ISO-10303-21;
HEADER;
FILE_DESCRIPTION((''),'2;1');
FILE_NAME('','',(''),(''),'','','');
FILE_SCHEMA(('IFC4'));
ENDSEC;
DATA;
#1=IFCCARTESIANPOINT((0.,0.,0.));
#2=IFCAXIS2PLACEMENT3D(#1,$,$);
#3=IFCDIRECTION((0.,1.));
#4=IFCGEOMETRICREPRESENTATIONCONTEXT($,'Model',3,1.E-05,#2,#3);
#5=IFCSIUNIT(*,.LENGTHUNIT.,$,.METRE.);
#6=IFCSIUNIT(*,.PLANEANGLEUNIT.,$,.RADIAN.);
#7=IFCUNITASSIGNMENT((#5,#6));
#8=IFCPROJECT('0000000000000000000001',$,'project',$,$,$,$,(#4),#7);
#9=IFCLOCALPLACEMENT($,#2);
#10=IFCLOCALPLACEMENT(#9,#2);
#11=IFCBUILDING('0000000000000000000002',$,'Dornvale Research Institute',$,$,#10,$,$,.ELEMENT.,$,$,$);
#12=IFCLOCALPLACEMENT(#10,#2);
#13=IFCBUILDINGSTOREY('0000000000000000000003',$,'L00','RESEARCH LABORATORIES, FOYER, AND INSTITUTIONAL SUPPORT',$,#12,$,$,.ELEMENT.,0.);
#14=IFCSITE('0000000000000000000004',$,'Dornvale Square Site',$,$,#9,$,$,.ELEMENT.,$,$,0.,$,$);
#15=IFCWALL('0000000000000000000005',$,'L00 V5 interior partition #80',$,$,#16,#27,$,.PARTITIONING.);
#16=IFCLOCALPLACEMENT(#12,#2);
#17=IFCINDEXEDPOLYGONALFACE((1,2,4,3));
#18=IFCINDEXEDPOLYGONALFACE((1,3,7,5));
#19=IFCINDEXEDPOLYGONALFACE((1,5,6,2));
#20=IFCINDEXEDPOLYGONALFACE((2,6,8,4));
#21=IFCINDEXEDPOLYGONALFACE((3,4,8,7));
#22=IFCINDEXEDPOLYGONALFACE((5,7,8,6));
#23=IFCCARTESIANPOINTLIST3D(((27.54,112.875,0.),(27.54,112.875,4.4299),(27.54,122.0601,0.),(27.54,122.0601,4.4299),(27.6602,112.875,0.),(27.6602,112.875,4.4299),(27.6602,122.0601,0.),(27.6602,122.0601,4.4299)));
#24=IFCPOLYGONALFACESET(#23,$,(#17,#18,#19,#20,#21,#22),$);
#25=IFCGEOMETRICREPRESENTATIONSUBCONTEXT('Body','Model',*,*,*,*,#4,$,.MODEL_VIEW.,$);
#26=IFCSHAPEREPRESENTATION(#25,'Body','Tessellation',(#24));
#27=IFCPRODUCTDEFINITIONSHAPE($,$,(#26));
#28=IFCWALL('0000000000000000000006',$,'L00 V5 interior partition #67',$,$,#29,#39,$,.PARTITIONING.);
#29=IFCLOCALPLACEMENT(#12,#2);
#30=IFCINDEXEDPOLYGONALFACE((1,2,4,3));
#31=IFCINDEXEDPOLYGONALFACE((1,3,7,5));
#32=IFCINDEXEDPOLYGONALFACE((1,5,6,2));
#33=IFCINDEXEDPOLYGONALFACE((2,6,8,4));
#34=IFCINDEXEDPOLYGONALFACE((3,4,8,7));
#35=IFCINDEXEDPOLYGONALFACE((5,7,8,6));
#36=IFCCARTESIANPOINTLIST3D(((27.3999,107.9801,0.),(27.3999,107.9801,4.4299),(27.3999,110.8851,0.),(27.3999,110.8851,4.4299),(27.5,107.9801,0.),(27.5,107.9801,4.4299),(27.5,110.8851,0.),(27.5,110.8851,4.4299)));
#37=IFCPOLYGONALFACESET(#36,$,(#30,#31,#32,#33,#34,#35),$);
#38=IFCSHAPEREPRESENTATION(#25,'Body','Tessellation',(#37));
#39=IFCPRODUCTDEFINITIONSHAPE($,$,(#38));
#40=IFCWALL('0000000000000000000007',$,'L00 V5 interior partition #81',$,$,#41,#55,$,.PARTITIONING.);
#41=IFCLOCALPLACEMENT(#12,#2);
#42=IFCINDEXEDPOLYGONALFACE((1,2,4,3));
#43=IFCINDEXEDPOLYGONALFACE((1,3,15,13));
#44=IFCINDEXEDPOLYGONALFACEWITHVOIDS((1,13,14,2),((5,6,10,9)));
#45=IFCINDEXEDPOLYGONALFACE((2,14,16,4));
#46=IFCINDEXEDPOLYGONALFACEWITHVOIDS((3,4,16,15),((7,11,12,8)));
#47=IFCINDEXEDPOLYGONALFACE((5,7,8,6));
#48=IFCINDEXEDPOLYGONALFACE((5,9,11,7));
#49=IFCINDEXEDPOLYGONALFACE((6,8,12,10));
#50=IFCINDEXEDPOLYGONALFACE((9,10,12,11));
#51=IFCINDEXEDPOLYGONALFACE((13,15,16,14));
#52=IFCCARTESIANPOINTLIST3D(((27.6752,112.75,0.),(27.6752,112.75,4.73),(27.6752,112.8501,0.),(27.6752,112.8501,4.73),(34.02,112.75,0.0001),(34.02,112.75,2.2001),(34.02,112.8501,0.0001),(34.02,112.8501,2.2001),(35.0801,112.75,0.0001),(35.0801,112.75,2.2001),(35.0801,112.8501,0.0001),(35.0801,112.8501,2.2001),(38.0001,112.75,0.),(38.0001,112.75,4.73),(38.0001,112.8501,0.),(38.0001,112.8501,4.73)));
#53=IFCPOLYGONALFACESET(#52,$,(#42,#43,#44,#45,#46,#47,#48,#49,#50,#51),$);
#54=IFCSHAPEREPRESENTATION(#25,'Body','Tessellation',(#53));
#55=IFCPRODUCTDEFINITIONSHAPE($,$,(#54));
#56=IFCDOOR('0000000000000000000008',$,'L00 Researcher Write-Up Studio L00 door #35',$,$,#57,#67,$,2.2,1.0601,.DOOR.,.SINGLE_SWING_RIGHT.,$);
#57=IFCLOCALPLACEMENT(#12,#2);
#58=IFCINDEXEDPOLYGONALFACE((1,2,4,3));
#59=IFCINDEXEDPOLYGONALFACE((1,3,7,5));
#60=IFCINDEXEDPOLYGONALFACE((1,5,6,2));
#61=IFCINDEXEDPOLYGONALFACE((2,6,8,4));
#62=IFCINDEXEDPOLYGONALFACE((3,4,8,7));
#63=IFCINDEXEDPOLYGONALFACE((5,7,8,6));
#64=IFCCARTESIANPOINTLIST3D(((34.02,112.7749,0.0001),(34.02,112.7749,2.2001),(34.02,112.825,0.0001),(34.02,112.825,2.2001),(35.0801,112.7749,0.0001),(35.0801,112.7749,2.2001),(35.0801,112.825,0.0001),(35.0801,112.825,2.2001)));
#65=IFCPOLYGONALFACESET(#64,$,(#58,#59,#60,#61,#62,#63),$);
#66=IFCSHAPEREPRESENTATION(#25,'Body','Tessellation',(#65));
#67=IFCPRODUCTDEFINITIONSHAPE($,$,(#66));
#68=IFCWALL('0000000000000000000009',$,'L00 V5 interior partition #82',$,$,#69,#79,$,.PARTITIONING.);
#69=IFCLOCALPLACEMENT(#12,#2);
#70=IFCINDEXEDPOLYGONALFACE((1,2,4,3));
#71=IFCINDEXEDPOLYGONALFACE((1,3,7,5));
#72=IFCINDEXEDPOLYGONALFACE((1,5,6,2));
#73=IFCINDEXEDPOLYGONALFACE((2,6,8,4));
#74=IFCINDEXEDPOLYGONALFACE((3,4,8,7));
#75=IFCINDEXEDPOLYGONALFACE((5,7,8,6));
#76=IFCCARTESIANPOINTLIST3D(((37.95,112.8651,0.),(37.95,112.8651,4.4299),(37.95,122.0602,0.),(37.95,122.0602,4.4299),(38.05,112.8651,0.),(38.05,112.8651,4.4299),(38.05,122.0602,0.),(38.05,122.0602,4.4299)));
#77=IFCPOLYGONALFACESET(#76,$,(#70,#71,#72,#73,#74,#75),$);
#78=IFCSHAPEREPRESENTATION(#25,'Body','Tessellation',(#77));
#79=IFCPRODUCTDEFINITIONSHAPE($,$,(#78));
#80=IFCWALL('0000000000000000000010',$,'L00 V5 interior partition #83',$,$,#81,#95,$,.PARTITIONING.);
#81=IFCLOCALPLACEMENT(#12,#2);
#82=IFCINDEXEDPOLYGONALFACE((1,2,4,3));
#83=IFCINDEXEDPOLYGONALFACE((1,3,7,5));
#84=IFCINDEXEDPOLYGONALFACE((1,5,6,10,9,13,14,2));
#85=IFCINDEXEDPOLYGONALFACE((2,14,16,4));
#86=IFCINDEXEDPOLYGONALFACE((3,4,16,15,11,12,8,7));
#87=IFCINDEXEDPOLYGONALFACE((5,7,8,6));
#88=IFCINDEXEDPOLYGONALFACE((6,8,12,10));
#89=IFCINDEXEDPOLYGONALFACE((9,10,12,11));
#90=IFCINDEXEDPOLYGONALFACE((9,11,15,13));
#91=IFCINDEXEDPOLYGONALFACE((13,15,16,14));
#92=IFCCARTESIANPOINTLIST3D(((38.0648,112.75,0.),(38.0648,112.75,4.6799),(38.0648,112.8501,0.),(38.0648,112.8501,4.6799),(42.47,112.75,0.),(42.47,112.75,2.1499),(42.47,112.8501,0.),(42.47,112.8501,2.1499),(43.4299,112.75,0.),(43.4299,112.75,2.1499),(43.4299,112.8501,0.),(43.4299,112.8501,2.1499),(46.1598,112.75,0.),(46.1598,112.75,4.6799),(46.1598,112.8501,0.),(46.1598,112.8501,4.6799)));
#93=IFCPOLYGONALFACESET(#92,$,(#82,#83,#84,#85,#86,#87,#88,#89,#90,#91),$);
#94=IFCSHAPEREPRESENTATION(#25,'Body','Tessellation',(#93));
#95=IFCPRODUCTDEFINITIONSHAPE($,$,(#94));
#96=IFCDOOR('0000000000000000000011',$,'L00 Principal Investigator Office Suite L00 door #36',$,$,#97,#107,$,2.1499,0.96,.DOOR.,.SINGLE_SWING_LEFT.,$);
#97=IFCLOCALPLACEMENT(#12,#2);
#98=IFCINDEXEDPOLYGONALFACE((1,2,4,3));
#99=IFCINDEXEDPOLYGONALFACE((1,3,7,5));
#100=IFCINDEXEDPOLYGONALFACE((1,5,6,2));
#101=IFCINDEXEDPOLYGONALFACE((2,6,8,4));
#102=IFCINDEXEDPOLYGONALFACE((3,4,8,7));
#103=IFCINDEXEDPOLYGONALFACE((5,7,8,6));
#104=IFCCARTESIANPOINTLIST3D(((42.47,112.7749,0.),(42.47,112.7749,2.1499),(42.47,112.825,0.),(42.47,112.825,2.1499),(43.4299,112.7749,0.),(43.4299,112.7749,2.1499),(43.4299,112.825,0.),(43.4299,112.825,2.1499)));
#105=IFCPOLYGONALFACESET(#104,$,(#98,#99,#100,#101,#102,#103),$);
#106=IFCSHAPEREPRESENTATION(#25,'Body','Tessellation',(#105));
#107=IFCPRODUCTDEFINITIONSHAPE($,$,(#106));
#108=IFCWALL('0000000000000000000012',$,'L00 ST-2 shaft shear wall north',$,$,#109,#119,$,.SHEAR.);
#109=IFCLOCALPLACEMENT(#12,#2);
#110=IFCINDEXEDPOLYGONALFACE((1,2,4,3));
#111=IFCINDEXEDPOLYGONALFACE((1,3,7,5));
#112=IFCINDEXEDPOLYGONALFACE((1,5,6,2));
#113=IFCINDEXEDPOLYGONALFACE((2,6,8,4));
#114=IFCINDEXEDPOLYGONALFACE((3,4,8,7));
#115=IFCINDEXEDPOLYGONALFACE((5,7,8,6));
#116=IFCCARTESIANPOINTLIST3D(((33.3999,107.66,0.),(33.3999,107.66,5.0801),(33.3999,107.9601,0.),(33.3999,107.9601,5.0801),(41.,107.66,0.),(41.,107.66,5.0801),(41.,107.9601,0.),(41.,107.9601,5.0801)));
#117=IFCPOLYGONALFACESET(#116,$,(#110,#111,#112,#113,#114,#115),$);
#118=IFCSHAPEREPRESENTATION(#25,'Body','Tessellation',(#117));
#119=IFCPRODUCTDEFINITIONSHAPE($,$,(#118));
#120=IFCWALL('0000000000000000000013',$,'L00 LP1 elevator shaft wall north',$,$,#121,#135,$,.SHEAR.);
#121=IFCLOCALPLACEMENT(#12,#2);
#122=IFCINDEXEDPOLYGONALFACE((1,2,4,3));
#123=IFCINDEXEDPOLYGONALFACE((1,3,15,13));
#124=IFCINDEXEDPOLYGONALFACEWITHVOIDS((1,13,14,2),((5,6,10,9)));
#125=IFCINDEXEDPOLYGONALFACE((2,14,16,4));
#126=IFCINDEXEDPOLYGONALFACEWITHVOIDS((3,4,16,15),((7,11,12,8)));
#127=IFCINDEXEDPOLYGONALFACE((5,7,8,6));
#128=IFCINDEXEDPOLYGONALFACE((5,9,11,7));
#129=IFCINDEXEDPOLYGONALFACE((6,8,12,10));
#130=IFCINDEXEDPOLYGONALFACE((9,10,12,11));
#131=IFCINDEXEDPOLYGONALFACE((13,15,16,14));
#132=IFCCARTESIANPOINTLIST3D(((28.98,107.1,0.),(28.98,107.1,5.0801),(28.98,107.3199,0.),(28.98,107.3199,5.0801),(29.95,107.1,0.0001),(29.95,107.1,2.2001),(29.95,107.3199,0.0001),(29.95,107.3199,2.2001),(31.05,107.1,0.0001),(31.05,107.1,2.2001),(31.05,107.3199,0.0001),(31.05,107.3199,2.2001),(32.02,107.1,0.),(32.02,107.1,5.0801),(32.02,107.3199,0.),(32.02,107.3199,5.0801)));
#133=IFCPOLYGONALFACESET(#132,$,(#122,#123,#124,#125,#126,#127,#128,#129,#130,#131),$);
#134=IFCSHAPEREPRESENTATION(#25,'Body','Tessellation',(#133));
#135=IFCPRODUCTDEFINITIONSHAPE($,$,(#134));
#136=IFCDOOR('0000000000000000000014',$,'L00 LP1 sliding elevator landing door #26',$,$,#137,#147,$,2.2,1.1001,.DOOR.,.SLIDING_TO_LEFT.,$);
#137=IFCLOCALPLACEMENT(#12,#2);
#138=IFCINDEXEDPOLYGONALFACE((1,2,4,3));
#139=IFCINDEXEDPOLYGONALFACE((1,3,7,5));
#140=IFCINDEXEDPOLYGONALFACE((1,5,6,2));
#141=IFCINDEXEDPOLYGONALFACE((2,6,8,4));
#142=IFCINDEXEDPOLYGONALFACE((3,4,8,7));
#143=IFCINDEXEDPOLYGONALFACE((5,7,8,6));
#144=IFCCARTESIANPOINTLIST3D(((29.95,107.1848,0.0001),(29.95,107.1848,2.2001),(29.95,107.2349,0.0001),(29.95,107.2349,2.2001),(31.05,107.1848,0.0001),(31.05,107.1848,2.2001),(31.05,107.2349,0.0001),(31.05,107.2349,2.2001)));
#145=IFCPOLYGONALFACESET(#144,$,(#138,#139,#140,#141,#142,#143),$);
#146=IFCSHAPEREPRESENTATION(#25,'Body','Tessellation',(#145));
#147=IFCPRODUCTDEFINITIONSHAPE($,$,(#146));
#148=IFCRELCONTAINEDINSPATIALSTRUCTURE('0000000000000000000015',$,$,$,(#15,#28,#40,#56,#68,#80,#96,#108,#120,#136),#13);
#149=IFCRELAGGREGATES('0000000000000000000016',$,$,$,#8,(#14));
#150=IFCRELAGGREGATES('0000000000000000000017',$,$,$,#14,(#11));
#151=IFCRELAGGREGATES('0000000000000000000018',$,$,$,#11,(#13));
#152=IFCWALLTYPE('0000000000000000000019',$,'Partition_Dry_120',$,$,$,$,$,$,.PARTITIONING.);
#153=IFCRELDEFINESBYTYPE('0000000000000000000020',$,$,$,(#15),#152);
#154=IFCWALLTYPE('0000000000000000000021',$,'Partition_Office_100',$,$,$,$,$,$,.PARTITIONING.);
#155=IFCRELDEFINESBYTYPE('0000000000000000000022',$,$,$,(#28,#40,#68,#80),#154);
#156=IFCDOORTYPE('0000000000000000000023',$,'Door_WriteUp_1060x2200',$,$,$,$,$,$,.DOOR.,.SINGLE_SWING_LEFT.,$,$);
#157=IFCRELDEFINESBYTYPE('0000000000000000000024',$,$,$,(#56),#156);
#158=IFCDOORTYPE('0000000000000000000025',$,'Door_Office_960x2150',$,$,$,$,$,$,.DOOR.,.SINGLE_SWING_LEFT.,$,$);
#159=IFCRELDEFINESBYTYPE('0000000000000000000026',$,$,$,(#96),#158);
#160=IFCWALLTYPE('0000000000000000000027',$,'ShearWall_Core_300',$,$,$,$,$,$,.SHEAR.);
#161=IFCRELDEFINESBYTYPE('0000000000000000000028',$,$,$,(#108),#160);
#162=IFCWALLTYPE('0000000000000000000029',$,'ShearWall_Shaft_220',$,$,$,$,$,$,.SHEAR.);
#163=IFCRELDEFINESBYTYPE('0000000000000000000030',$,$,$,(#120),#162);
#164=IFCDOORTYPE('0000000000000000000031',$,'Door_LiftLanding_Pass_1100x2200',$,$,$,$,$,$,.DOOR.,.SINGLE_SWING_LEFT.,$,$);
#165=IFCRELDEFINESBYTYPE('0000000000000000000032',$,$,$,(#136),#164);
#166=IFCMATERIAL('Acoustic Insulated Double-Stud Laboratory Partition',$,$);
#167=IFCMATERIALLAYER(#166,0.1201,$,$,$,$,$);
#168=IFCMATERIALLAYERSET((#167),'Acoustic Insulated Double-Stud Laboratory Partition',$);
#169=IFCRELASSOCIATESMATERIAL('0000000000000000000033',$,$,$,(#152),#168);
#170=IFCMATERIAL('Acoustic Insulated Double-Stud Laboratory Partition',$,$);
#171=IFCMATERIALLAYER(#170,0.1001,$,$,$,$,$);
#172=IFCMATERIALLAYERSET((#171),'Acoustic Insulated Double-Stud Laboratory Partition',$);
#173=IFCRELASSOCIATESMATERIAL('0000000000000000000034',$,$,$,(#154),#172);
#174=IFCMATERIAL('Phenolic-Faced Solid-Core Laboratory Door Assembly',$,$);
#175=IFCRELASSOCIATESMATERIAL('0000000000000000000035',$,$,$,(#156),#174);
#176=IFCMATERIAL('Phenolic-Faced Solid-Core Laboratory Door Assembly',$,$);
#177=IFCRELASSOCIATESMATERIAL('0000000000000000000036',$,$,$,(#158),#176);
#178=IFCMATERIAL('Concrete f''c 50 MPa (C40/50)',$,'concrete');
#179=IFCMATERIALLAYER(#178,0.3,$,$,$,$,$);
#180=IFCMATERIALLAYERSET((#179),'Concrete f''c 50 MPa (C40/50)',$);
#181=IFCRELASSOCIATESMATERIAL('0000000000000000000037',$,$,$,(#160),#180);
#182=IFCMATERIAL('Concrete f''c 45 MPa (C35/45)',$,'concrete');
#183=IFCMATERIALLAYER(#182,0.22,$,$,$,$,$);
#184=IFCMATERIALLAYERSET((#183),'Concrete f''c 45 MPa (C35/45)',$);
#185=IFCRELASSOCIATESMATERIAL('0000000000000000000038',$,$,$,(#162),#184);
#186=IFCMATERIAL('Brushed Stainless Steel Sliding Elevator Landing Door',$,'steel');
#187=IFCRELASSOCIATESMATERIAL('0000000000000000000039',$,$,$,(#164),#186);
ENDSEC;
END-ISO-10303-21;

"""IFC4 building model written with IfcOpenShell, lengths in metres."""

from ifc_helpers import new_model, si_unit, direction, frame, frame_2d, origin, place, context, subcontext, project, spatial, rectangle, extrude, material, layer, layer_set, type_object, element, fill, save


model = new_model("IFC4")

# Units and contexts
model_context = context("Model", 3, precision=1e-05, world=origin(), true_north=direction((0.0, 1.0)))
body_context = subcontext(model_context, "Body", "Model", "MODEL_VIEW")
ifc_project = project(units=[si_unit("LENGTHUNIT", "METRE"), si_unit("PLANEANGLEUNIT", "RADIAN")], contexts=[model_context])

# Site, building, storey
site_placement = place(None, origin())
site = spatial("IfcSite", under=ifc_project, at=site_placement, Name="Dornvale Square Site", CompositionType="ELEMENT", RefElevation=0.0)
building_placement = place(site_placement, origin())
building = spatial("IfcBuilding", under=site, at=building_placement, Name="Dornvale Research Institute", CompositionType="ELEMENT")
storey_placement = place(building_placement, origin())
storey = spatial("IfcBuildingStorey", under=building, at=storey_placement, Name="L00", Description="RESEARCH LABORATORIES, FOYER, AND INSTITUTIONAL SUPPORT", CompositionType="ELEMENT", Elevation=0.0)

# Walls
ifc_material_1 = material(Name="Acoustic Insulated Double-Stud Laboratory Partition")
ifc_layer_1 = layer(ifc_material_1, 0.1201)
ifc_layer_set_1 = layer_set([ifc_layer_1], Name="Acoustic Insulated Double-Stud Laboratory Partition")
wall_type_1 = type_object("IfcWallType", Name="Partition_Dry_120", PredefinedType="PARTITIONING", material=ifc_layer_set_1)
wall_1_placement = place(storey_placement, frame((27.6001, 112.875, 0.0), z_axis=(0.0, 0.0, 1.0), x_axis=(0.0, 1.0, 0.0)))
element("IfcWall", 1, at=wall_1_placement, inside=storey, type_object=wall_type_1, Name="L00 V5 interior partition #80", PredefinedType="PARTITIONING", context=body_context, shape_type="SweptSolid", body=[
    extrude(rectangle(XDim=9.1851, YDim=0.1201, at=frame_2d((4.5925, 0.0))), origin(), (0.0, 0.0, 1.0), 4.4299),
])
ifc_material_2 = material(Name="Acoustic Insulated Double-Stud Laboratory Partition")
ifc_layer_2 = layer(ifc_material_2, 0.1001)
ifc_layer_set_2 = layer_set([ifc_layer_2], Name="Acoustic Insulated Double-Stud Laboratory Partition")
wall_type_2 = type_object("IfcWallType", Name="Partition_Office_100", PredefinedType="PARTITIONING", material=ifc_layer_set_2)
wall_2_placement = place(storey_placement, frame((27.45, 107.98, 0.0), z_axis=(0.0, 0.0, 1.0), x_axis=(0.0, 1.0, 0.0)))
element("IfcWall", 2, at=wall_2_placement, inside=storey, type_object=wall_type_2, Name="L00 V5 interior partition #67", PredefinedType="PARTITIONING", context=body_context, shape_type="SweptSolid", body=[
    extrude(rectangle(XDim=2.905, YDim=0.1001, at=frame_2d((1.4526, 0.0))), origin(), (0.0, 0.0, 1.0), 4.4299),
])

# Wall, opening, door
wall_3_placement = place(storey_placement, frame((27.675, 112.8, 0.0), z_axis=(0.0, 0.0, 1.0), x_axis=(1.0, 0.0, 0.0)))
wall_3 = element("IfcWall", 3, at=wall_3_placement, inside=storey, type_object=wall_type_2, Name="L00 V5 interior partition #81", PredefinedType="PARTITIONING", context=body_context, shape_type="SweptSolid", body=[
    extrude(rectangle(XDim=10.325, YDim=0.1001, at=frame_2d((5.1626, 0.0))), origin(), (0.0, 0.0, 1.0), 4.73),
])
opening_1_placement = place(wall_3_placement, frame((6.345, 0.0, 0.0)))
opening_1 = element("IfcOpeningElement", 4, at=opening_1_placement, cuts=wall_3, PredefinedType="OPENING", context=body_context, shape_type="SweptSolid", body=[
    extrude(rectangle(XDim=1.0601, YDim=2.2, at=frame_2d((0.53, 1.1001))), frame((0.0, 0.0649, 0.0), z_axis=(0.0, -1.0, 0.0), x_axis=(1.0, 0.0, 0.0)), (0.0, 0.0, 1.0), 0.1301),
])
ifc_material_3 = material(Name="Phenolic-Faced Solid-Core Laboratory Door Assembly")
door_type_1 = type_object("IfcDoorType", Name="Door_WriteUp_1060x2200", OperationType="SINGLE_SWING_LEFT", PredefinedType="DOOR", material=ifc_material_3)
door_1_placement = place(opening_1_placement, origin())
door_1 = element("IfcDoor", 5, at=door_1_placement, inside=storey, type_object=door_type_1, Name="L00 Researcher Write-Up Studio L00 door #35", OperationType="SINGLE_SWING_RIGHT", OverallHeight=2.2, OverallWidth=1.0601, PredefinedType="DOOR", context=body_context, shape_type="SweptSolid", body=[
    extrude(rectangle(XDim=1.0601, YDim=2.2, at=frame_2d((0.53, 1.1001))), frame((0.0, 0.0249, 0.0), z_axis=(0.0, -1.0, 0.0), x_axis=(1.0, 0.0, 0.0)), (0.0, 0.0, 1.0), 0.05),
])
fill(opening_1, door_1)

# Wall
wall_4_placement = place(storey_placement, frame((38.0, 112.865, 0.0), z_axis=(0.0, 0.0, 1.0), x_axis=(0.0, 1.0, 0.0)))
element("IfcWall", 6, at=wall_4_placement, inside=storey, type_object=wall_type_2, Name="L00 V5 interior partition #82", PredefinedType="PARTITIONING", context=body_context, shape_type="SweptSolid", body=[
    extrude(rectangle(XDim=9.1951, YDim=0.1001, at=frame_2d((4.5977, 0.0))), origin(), (0.0, 0.0, 1.0), 4.4299),
])

# Wall, opening, door
wall_5_placement = place(storey_placement, frame((38.0649, 112.8, 0.0), z_axis=(0.0, 0.0, 1.0), x_axis=(1.0, 0.0, 0.0)))
wall_5 = element("IfcWall", 7, at=wall_5_placement, inside=storey, type_object=wall_type_2, Name="L00 V5 interior partition #83", PredefinedType="PARTITIONING", context=body_context, shape_type="SweptSolid", body=[
    extrude(rectangle(XDim=8.095, YDim=0.1001, at=frame_2d((4.0474, 0.0))), origin(), (0.0, 0.0, 1.0), 4.6799),
])
opening_2_placement = place(wall_5_placement, frame((4.405, 0.0, 0.0)))
opening_2 = element("IfcOpeningElement", 8, at=opening_2_placement, cuts=wall_5, PredefinedType="OPENING", context=body_context, shape_type="SweptSolid", body=[
    extrude(rectangle(XDim=0.96, YDim=2.1499, at=frame_2d((0.48, 1.075))), frame((0.0, 0.0649, 0.0), z_axis=(0.0, -1.0, 0.0), x_axis=(1.0, 0.0, 0.0)), (0.0, 0.0, 1.0), 0.1301),
])
ifc_material_4 = material(Name="Phenolic-Faced Solid-Core Laboratory Door Assembly")
door_type_2 = type_object("IfcDoorType", Name="Door_Office_960x2150", OperationType="SINGLE_SWING_LEFT", PredefinedType="DOOR", material=ifc_material_4)
door_2_placement = place(opening_2_placement, origin())
door_2 = element("IfcDoor", 9, at=door_2_placement, inside=storey, type_object=door_type_2, Name="L00 Principal Investigator Office Suite L00 door #36", OperationType="SINGLE_SWING_LEFT", OverallHeight=2.1499, OverallWidth=0.96, PredefinedType="DOOR", context=body_context, shape_type="SweptSolid", body=[
    extrude(rectangle(XDim=0.96, YDim=2.1499, at=frame_2d((0.48, 1.075))), frame((0.0, 0.0249, 0.0), z_axis=(0.0, -1.0, 0.0), x_axis=(1.0, 0.0, 0.0)), (0.0, 0.0, 1.0), 0.05),
])
fill(opening_2, door_2)

# Wall
ifc_material_5 = material(Name="Concrete f'c 50 MPa (C40/50)", Category="concrete")
ifc_layer_3 = layer(ifc_material_5, 0.3)
ifc_layer_set_3 = layer_set([ifc_layer_3], Name="Concrete f'c 50 MPa (C40/50)")
wall_type_3 = type_object("IfcWallType", Name="ShearWall_Core_300", PredefinedType="SHEAR", material=ifc_layer_set_3)
wall_6_placement = place(storey_placement, frame((33.3999, 107.8101, 0.0), z_axis=(0.0, 0.0, 1.0), x_axis=(1.0, 0.0, 0.0)))
element("IfcWall", 10, at=wall_6_placement, inside=storey, type_object=wall_type_3, Name="L00 ST-2 shaft shear wall north", PredefinedType="SHEAR", context=body_context, shape_type="SweptSolid", body=[
    extrude(rectangle(XDim=7.6001, YDim=0.3, at=frame_2d((3.8, 0.0))), origin(), (0.0, 0.0, 1.0), 5.0801),
])

# Wall, opening, door
ifc_material_6 = material(Name="Concrete f'c 45 MPa (C35/45)", Category="concrete")
ifc_layer_4 = layer(ifc_material_6, 0.22)
ifc_layer_set_4 = layer_set([ifc_layer_4], Name="Concrete f'c 45 MPa (C35/45)")
wall_type_4 = type_object("IfcWallType", Name="ShearWall_Shaft_220", PredefinedType="SHEAR", material=ifc_layer_set_4)
wall_7_placement = place(storey_placement, frame((28.98, 107.21, 0.0), z_axis=(0.0, 0.0, 1.0), x_axis=(1.0, 0.0, 0.0)))
wall_7 = element("IfcWall", 11, at=wall_7_placement, inside=storey, type_object=wall_type_4, Name="L00 LP1 elevator shaft wall north", PredefinedType="SHEAR", context=body_context, shape_type="SweptSolid", body=[
    extrude(rectangle(XDim=3.04, YDim=0.22, at=frame_2d((1.52, 0.0))), origin(), (0.0, 0.0, 1.0), 5.0801),
])
opening_3_placement = place(wall_7_placement, frame((0.97, 0.0, 0.0)))
opening_3 = element("IfcOpeningElement", 12, at=opening_3_placement, cuts=wall_7, PredefinedType="OPENING", context=body_context, shape_type="SweptSolid", body=[
    extrude(rectangle(XDim=1.1001, YDim=2.2, at=frame_2d((0.55, 1.1001))), frame((0.0, 0.125, 0.0), z_axis=(0.0, -1.0, 0.0), x_axis=(1.0, 0.0, 0.0)), (0.0, 0.0, 1.0), 0.25),
])
ifc_material_7 = material(Name="Brushed Stainless Steel Sliding Elevator Landing Door", Category="steel")
door_type_3 = type_object("IfcDoorType", Name="Door_LiftLanding_Pass_1100x2200", OperationType="SINGLE_SWING_LEFT", PredefinedType="DOOR", material=ifc_material_7)
door_3_placement = place(opening_3_placement, origin())
door_3 = element("IfcDoor", 13, at=door_3_placement, inside=storey, type_object=door_type_3, Name="L00 LP1 sliding elevator landing door #26", OperationType="SLIDING_TO_LEFT", OverallHeight=2.2, OverallWidth=1.1001, PredefinedType="DOOR", context=body_context, shape_type="SweptSolid", body=[
    extrude(rectangle(XDim=1.1001, YDim=2.2, at=frame_2d((0.55, 1.1001))), frame((0.0, 0.0249, 0.0), z_axis=(0.0, -1.0, 0.0), x_axis=(1.0, 0.0, 0.0)), (0.0, 0.0, 1.0), 0.05),
])
fill(opening_3, door_3)

save(model, "model.ifc")
